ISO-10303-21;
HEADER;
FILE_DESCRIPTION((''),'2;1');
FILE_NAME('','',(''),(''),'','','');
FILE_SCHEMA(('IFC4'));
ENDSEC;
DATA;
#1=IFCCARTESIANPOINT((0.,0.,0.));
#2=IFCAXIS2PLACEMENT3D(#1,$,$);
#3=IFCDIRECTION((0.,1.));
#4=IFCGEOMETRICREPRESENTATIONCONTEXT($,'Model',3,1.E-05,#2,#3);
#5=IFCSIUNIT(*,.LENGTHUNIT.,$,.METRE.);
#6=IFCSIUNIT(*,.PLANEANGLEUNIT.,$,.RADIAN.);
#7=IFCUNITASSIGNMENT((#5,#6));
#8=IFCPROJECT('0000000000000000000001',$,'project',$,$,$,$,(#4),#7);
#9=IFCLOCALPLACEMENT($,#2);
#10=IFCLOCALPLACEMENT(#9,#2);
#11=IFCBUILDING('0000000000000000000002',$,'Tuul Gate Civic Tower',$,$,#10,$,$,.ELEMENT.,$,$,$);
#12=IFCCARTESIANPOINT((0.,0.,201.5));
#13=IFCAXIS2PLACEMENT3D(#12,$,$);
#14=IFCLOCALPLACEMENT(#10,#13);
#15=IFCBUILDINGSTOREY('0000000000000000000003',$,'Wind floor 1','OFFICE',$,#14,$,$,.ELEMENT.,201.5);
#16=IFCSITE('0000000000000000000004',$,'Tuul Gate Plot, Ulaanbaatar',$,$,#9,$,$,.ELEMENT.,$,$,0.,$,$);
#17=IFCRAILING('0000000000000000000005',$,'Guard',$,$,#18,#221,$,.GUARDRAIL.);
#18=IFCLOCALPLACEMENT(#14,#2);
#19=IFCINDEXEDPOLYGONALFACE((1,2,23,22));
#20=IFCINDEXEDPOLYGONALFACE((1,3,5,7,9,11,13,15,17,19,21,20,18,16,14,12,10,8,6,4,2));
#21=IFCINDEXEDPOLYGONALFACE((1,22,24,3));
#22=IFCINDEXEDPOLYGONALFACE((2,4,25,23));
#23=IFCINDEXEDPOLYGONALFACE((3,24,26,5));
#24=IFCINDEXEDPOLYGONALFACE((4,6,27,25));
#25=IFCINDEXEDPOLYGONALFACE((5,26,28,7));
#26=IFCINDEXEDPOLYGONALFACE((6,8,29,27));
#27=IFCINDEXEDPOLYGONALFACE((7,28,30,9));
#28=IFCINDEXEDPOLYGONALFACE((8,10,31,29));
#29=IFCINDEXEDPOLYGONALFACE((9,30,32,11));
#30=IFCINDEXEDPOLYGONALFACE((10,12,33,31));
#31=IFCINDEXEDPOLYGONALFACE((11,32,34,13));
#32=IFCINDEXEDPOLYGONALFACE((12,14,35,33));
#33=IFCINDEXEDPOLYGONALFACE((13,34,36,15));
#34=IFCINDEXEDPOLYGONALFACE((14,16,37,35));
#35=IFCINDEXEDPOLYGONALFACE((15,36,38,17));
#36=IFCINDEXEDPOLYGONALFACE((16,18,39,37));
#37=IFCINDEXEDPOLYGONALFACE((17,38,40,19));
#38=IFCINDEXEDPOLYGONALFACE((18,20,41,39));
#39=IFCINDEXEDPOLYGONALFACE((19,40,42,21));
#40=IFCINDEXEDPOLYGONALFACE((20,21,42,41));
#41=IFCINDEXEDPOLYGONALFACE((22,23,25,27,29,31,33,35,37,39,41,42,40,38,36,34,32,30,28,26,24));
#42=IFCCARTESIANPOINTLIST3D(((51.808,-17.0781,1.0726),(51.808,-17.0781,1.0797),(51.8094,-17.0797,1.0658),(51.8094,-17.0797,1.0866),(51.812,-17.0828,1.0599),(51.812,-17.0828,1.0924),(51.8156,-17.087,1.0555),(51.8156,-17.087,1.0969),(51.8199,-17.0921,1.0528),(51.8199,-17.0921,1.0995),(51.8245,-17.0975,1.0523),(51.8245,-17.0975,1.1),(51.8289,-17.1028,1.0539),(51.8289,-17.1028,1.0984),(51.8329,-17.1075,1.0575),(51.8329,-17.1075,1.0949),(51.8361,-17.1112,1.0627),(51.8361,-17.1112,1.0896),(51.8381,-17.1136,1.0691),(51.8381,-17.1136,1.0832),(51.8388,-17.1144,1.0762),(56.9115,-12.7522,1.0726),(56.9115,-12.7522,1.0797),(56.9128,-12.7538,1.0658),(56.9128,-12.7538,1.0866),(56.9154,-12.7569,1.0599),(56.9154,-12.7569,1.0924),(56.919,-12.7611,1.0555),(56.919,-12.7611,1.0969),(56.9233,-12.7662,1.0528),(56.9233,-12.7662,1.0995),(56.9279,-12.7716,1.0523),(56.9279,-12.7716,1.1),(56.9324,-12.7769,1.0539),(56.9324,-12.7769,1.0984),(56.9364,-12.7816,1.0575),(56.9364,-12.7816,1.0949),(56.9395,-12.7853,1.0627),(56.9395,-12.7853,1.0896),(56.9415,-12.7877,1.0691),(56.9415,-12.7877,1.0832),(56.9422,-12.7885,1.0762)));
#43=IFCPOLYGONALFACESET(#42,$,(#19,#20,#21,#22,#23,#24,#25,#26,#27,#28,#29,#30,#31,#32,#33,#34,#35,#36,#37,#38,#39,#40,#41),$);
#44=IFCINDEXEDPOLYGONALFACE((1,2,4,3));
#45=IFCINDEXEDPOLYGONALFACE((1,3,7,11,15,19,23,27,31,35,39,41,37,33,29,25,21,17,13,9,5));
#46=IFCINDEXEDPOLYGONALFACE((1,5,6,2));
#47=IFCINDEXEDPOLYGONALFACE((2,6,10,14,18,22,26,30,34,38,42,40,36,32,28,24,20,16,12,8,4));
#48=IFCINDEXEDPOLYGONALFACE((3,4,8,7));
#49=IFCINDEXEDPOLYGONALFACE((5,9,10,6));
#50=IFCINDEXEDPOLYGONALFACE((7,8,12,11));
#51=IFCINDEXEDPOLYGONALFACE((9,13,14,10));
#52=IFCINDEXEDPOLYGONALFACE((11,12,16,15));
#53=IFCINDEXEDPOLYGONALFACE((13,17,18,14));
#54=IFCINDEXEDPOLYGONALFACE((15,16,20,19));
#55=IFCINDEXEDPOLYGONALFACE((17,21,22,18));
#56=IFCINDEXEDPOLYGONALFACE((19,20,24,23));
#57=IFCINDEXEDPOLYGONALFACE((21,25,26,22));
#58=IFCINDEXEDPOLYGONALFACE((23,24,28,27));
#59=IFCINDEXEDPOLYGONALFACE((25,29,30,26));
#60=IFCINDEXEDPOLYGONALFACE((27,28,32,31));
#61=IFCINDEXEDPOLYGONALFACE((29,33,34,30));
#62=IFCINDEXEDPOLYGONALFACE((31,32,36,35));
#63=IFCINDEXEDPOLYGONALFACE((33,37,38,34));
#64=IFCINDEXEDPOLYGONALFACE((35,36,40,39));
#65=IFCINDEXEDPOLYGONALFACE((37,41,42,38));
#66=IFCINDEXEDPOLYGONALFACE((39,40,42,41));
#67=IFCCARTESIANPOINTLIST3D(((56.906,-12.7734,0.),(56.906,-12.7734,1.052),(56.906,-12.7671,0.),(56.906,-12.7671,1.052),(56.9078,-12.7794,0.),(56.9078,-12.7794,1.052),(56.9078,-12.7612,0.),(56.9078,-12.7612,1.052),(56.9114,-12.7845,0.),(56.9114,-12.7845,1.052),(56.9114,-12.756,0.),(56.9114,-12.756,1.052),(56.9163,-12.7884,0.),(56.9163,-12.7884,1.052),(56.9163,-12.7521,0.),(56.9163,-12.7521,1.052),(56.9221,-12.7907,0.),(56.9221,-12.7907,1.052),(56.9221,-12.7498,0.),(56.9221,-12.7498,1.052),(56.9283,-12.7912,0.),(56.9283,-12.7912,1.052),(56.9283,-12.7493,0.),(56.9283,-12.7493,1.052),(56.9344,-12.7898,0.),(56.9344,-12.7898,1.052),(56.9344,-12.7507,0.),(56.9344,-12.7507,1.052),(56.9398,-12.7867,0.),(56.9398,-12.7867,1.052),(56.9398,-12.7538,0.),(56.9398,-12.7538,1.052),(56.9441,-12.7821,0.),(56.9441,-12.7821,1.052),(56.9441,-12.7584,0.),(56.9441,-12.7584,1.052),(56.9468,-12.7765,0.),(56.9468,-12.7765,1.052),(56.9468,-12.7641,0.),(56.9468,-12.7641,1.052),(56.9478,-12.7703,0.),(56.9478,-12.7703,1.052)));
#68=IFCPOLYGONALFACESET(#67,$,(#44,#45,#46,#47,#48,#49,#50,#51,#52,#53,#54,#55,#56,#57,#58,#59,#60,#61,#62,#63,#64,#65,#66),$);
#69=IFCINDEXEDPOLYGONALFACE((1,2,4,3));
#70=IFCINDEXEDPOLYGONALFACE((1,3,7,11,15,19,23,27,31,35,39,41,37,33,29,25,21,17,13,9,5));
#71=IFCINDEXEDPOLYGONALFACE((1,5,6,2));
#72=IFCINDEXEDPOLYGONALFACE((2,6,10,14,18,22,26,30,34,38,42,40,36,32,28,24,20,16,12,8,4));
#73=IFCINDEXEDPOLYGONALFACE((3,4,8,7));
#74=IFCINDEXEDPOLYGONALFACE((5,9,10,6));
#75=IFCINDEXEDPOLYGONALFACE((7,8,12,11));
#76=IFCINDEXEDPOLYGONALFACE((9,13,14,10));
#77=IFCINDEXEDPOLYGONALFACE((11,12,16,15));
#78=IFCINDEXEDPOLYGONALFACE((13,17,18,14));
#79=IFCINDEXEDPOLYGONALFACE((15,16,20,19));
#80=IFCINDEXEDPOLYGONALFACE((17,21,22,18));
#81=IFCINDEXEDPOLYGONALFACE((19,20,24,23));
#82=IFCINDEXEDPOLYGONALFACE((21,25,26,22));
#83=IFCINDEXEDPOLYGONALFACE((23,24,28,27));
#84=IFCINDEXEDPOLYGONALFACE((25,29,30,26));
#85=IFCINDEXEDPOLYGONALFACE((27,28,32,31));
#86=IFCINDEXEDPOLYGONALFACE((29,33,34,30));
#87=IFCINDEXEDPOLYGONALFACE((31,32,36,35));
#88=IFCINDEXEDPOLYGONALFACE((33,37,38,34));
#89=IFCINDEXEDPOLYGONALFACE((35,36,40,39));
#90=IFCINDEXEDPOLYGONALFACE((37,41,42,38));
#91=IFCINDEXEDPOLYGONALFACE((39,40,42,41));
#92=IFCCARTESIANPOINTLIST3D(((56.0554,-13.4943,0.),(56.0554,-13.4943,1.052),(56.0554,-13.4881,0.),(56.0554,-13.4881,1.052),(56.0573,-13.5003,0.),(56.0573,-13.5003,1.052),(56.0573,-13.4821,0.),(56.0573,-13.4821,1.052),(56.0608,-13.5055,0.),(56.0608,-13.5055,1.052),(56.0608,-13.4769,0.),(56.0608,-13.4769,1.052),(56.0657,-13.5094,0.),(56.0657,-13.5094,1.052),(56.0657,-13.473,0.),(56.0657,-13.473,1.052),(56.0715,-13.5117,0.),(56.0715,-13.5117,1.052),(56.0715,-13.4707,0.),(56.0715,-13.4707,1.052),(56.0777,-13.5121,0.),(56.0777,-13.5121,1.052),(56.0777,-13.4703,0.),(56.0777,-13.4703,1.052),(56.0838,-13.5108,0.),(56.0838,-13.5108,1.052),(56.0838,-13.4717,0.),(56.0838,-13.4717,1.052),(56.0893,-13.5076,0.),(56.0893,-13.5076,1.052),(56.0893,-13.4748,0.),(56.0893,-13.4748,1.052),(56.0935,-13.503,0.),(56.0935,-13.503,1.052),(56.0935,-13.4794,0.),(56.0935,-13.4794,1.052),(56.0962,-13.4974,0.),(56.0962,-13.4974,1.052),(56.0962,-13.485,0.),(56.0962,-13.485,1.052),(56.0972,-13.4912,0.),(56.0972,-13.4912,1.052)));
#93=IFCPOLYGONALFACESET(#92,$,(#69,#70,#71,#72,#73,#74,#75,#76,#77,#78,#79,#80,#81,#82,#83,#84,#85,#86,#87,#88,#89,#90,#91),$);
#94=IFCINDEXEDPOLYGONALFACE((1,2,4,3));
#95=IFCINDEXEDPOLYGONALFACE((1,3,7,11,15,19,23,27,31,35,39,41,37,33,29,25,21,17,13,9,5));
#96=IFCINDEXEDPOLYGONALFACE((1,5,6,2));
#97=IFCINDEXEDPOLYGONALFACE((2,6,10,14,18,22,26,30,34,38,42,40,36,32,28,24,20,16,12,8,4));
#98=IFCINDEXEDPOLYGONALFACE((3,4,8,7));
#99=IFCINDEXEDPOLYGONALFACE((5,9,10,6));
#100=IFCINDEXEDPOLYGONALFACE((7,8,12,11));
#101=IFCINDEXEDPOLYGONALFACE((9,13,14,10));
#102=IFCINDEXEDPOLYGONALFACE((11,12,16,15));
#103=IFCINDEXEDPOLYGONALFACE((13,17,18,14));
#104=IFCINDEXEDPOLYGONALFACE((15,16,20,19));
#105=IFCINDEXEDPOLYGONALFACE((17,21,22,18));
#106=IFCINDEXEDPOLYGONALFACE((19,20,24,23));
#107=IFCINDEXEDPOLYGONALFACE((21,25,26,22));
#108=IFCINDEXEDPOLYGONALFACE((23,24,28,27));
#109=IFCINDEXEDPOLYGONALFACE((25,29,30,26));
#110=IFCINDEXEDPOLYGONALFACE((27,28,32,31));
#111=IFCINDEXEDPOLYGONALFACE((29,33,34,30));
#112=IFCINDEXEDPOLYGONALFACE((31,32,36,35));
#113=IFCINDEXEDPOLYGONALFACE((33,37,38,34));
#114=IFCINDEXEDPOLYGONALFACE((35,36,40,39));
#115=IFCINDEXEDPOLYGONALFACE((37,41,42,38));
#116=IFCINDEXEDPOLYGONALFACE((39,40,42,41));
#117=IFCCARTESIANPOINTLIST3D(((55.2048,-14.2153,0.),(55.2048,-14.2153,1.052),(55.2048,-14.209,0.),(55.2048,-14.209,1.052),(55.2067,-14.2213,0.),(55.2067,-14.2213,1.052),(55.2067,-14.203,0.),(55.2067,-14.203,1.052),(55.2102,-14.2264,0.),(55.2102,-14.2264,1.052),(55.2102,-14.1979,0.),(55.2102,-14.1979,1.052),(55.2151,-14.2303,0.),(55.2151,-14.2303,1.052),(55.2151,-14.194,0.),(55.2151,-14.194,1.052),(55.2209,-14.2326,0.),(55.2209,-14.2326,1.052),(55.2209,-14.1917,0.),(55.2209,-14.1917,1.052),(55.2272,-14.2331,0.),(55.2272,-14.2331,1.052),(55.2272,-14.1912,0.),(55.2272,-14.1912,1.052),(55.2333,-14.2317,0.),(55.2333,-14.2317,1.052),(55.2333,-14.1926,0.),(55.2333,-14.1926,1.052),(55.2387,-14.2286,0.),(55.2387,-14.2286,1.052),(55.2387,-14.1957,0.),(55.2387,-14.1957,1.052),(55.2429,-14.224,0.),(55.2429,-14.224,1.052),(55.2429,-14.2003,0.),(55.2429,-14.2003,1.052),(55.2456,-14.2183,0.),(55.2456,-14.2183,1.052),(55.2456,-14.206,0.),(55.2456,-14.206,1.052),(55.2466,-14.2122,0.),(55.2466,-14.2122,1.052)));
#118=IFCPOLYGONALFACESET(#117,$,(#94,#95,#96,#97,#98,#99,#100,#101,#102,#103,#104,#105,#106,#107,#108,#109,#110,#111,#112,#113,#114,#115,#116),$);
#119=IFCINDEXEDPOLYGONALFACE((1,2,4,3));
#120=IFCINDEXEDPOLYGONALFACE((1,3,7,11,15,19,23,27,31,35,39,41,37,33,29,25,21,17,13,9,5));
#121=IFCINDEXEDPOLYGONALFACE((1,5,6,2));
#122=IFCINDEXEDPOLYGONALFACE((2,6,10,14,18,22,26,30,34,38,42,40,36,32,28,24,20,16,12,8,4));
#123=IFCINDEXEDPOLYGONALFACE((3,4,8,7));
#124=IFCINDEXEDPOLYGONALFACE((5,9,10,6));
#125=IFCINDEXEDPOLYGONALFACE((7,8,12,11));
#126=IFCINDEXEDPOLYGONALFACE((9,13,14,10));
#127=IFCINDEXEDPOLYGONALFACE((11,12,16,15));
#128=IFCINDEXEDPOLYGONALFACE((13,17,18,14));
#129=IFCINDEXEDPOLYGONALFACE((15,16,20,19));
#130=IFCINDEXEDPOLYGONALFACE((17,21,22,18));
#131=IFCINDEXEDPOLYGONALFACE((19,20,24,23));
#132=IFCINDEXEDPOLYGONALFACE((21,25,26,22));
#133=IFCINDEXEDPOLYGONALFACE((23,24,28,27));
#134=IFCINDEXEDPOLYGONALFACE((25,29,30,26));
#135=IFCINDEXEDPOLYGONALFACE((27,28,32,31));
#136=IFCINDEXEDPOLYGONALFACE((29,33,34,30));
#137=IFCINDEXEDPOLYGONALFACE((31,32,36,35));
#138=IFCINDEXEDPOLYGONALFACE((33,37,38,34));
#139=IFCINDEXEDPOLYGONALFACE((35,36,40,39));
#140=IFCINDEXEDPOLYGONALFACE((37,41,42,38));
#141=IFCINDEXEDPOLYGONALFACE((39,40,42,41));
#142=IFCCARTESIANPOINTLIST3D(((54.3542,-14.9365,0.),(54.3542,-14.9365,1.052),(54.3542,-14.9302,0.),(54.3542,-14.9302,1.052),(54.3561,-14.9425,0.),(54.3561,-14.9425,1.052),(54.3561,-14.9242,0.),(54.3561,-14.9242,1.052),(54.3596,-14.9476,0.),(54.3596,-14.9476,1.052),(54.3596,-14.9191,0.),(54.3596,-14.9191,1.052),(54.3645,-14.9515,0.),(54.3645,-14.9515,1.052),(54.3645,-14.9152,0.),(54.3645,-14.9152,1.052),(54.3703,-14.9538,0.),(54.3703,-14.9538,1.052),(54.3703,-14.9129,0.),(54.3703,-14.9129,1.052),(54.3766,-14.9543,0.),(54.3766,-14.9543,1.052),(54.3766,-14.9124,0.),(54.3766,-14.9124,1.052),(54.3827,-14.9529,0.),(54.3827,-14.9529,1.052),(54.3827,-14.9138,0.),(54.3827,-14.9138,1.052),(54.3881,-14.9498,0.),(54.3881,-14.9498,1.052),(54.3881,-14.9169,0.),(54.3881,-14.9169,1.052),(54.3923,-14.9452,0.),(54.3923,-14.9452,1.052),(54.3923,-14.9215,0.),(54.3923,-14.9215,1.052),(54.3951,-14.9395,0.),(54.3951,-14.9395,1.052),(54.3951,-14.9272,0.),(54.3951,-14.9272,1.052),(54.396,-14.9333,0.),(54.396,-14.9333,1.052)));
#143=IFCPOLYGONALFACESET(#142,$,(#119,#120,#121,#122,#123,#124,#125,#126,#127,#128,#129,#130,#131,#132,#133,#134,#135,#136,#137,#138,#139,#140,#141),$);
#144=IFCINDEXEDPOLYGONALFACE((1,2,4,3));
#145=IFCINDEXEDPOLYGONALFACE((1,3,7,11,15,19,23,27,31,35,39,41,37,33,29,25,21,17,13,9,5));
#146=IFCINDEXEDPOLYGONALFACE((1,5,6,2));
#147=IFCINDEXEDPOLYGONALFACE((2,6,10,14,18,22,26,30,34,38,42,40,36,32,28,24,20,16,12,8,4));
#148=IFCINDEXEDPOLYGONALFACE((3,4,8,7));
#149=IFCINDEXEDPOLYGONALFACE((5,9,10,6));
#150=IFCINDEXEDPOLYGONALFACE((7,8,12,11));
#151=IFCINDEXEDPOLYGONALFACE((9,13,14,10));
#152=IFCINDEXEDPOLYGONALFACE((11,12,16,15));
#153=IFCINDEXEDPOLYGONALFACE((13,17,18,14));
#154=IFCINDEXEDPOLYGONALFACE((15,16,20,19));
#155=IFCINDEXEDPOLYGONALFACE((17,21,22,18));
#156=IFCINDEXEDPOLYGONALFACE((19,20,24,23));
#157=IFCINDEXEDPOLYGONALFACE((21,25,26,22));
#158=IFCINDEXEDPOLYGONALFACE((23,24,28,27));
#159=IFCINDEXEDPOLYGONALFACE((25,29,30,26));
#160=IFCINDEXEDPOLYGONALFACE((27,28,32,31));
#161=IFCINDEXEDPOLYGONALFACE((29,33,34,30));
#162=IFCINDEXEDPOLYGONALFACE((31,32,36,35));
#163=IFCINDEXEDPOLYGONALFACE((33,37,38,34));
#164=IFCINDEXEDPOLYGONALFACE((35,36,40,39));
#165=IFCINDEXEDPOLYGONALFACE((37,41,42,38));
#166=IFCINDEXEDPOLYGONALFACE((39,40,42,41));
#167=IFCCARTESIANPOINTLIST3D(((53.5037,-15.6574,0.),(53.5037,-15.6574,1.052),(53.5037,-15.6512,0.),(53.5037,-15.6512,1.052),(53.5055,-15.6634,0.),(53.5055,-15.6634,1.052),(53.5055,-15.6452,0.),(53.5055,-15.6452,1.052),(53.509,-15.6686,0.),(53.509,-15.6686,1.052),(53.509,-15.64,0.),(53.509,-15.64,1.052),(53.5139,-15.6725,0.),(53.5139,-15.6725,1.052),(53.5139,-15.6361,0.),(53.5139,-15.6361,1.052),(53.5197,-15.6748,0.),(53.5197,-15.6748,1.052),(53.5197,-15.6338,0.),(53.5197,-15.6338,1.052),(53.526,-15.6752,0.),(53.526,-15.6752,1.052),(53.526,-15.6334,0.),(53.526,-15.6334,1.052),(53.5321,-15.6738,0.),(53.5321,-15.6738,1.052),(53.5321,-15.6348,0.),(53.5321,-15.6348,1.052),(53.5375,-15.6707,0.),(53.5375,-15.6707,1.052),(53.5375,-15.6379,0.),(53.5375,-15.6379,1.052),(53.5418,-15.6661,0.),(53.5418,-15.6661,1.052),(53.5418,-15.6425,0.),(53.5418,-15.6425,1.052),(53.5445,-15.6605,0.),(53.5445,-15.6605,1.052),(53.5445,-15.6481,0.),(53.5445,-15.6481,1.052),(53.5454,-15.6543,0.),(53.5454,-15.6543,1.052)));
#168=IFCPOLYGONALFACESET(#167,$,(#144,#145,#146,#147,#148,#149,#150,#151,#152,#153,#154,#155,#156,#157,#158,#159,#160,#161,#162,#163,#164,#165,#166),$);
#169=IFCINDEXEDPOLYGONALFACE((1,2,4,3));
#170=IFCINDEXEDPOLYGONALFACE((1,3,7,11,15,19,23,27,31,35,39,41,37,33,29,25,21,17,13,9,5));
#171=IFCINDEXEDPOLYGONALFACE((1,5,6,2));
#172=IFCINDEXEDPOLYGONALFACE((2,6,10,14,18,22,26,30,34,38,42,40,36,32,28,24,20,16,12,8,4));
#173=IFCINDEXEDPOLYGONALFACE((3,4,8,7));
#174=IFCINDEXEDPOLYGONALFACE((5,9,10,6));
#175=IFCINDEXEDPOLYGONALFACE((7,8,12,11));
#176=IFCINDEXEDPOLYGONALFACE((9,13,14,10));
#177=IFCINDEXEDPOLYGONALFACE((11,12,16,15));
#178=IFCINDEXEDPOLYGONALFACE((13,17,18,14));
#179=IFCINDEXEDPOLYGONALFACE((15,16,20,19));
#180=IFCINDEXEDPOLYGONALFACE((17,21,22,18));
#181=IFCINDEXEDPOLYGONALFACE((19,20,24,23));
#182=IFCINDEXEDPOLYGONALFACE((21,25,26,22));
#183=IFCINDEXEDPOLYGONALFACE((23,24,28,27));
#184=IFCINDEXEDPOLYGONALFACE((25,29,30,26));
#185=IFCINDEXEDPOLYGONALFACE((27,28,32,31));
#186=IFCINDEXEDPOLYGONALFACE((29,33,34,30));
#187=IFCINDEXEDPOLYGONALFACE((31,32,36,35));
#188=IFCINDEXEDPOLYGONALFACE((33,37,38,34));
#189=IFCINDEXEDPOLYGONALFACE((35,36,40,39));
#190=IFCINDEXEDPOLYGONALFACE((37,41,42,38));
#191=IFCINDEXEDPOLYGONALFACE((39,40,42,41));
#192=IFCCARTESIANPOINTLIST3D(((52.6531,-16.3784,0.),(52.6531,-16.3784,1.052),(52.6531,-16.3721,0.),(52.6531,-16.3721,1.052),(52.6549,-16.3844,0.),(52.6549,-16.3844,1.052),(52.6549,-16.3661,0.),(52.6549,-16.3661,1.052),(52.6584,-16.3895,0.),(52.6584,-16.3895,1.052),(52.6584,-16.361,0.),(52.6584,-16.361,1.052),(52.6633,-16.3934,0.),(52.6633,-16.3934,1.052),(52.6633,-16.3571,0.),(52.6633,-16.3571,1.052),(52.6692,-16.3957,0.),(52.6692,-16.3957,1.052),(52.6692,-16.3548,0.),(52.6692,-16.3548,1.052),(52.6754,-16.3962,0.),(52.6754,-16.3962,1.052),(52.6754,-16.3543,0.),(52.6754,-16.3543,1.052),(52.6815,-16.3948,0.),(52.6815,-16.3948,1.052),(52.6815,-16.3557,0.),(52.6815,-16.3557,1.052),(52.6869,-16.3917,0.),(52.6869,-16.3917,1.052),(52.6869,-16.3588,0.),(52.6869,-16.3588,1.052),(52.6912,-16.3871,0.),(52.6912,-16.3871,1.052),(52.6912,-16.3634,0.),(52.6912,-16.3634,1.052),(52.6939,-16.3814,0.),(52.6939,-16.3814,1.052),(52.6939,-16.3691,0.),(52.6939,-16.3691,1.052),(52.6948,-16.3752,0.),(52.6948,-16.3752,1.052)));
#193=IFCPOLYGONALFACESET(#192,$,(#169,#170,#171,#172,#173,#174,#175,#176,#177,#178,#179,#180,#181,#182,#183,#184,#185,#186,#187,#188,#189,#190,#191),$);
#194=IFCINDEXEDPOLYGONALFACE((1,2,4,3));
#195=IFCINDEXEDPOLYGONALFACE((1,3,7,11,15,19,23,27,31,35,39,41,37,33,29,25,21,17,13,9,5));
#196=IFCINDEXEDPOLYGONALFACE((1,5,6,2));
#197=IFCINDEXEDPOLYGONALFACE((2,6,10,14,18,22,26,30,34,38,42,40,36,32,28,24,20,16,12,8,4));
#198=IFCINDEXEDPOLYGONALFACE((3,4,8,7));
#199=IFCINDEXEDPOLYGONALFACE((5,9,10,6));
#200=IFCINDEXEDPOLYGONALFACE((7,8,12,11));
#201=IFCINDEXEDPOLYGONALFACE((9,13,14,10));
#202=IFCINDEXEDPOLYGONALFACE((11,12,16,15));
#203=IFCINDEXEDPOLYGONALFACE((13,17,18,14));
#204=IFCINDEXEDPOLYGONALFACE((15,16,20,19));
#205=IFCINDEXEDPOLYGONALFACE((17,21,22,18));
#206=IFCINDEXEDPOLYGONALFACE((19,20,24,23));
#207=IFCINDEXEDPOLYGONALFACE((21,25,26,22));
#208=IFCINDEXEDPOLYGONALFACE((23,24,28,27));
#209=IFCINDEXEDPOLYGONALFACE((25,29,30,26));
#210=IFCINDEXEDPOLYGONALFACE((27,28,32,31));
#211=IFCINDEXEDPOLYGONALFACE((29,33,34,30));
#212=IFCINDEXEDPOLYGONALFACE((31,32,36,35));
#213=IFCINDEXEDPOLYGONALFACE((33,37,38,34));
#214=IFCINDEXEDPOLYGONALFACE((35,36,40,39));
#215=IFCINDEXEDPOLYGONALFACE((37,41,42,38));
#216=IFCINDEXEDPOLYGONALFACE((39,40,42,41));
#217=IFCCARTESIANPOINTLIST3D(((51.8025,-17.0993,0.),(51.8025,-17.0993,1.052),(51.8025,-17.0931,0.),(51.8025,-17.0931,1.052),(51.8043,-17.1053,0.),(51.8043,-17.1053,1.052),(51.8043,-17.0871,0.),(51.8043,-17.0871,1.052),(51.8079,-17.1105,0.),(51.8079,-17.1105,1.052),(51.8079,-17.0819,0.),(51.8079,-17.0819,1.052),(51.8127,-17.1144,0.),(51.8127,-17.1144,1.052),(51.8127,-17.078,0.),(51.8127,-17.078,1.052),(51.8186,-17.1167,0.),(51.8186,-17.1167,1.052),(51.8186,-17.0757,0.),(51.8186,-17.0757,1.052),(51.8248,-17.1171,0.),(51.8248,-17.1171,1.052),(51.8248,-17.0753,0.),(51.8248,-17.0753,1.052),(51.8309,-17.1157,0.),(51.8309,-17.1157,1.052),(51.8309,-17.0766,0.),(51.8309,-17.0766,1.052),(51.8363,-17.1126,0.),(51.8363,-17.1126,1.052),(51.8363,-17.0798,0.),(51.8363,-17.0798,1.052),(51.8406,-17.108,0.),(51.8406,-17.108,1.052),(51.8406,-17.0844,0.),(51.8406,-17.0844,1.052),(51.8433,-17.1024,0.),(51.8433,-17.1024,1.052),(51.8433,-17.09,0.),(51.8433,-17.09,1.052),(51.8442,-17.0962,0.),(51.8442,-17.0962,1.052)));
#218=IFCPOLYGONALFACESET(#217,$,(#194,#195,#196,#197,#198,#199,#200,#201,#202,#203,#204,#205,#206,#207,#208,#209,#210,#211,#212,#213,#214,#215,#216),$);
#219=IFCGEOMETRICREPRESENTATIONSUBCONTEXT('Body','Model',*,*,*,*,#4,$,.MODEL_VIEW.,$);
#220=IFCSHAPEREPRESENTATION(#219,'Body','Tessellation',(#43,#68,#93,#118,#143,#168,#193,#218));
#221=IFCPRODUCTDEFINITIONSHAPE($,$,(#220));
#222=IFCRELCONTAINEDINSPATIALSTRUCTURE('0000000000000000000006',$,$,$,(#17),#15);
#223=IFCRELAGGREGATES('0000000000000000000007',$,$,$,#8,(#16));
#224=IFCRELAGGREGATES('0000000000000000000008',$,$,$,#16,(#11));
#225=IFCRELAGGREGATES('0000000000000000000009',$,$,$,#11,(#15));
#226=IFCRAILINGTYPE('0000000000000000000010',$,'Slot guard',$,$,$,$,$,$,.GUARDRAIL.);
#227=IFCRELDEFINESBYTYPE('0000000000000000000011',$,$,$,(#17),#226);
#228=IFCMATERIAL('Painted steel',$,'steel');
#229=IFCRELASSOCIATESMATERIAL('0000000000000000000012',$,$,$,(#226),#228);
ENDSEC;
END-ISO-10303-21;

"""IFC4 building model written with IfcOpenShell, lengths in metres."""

from ifc_helpers import new_model, si_unit, direction, frame, origin, origin_2d, place, context, subcontext, project, spatial, circle, extrude, material, type_object, element, save


model = new_model("IFC4")

# Units and contexts
model_context = context("Model", 3, precision=1e-05, world=origin(), true_north=direction((0.0, 1.0)))
body_context = subcontext(model_context, "Body", "Model", "MODEL_VIEW")
ifc_project = project(units=[si_unit("LENGTHUNIT", "METRE"), si_unit("PLANEANGLEUNIT", "RADIAN")], contexts=[model_context])

# Site, building, storey
site_placement = place(None, origin())
site = spatial("IfcSite", under=ifc_project, at=site_placement, Name="Tuul Gate Plot, Ulaanbaatar", CompositionType="ELEMENT", RefElevation=0.0)
building_placement = place(site_placement, origin())
building = spatial("IfcBuilding", under=site, at=building_placement, Name="Tuul Gate Civic Tower", CompositionType="ELEMENT")
storey_placement = place(building_placement, frame((0.0, 0.0, 201.5)))
storey = spatial("IfcBuildingStorey", under=building, at=storey_placement, Name="Wind floor 1", Description="OFFICE", CompositionType="ELEMENT", Elevation=201.5)

# Railing
ifc_material_1 = material(Name="Painted steel", Category="steel")
railing_type_1 = type_object("IfcRailingType", Name="Slot guard", PredefinedType="GUARDRAIL", material=ifc_material_1)
railing_1_placement = place(storey_placement, frame((56.9268, -12.7703, 0.0)))
element("IfcRailing", 1, at=railing_1_placement, inside=storey, type_object=railing_type_1, Name="Guard", PredefinedType="GUARDRAIL", context=body_context, shape_type="SweptSolid", body=[
    extrude(circle(Radius=0.0239, at=origin_2d()), frame((0.0, 0.0, 1.0762), z_axis=(-0.762828, -0.646601, 0.0), x_axis=(0.646601, -0.762828, 0.0)), (0.0, 0.0, 1.0), 6.6902),
    extrude(circle(Radius=0.021, at=origin_2d()), origin(), (0.0, 0.0, 1.0), 1.052),
    extrude(circle(Radius=0.021, at=origin_2d()), frame((-0.8506, -0.7209, 0.0)), (0.0, 0.0, 1.0), 1.052),
    extrude(circle(Radius=0.021, at=origin_2d()), frame((-1.7012, -1.4419, 0.0)), (0.0, 0.0, 1.0), 1.052),
    extrude(circle(Radius=0.021, at=origin_2d()), frame((-2.5518, -2.1631, 0.0)), (0.0, 0.0, 1.0), 1.052),
    extrude(circle(Radius=0.021, at=origin_2d()), frame((-3.4023, -2.884, 0.0)), (0.0, 0.0, 1.0), 1.052),
    extrude(circle(Radius=0.021, at=origin_2d()), frame((-4.2529, -3.605, 0.0)), (0.0, 0.0, 1.0), 1.052),
    extrude(circle(Radius=0.021, at=origin_2d()), frame((-5.1035, -4.3259, 0.0)), (0.0, 0.0, 1.0), 1.052),
])

save(model, "model.ifc")
